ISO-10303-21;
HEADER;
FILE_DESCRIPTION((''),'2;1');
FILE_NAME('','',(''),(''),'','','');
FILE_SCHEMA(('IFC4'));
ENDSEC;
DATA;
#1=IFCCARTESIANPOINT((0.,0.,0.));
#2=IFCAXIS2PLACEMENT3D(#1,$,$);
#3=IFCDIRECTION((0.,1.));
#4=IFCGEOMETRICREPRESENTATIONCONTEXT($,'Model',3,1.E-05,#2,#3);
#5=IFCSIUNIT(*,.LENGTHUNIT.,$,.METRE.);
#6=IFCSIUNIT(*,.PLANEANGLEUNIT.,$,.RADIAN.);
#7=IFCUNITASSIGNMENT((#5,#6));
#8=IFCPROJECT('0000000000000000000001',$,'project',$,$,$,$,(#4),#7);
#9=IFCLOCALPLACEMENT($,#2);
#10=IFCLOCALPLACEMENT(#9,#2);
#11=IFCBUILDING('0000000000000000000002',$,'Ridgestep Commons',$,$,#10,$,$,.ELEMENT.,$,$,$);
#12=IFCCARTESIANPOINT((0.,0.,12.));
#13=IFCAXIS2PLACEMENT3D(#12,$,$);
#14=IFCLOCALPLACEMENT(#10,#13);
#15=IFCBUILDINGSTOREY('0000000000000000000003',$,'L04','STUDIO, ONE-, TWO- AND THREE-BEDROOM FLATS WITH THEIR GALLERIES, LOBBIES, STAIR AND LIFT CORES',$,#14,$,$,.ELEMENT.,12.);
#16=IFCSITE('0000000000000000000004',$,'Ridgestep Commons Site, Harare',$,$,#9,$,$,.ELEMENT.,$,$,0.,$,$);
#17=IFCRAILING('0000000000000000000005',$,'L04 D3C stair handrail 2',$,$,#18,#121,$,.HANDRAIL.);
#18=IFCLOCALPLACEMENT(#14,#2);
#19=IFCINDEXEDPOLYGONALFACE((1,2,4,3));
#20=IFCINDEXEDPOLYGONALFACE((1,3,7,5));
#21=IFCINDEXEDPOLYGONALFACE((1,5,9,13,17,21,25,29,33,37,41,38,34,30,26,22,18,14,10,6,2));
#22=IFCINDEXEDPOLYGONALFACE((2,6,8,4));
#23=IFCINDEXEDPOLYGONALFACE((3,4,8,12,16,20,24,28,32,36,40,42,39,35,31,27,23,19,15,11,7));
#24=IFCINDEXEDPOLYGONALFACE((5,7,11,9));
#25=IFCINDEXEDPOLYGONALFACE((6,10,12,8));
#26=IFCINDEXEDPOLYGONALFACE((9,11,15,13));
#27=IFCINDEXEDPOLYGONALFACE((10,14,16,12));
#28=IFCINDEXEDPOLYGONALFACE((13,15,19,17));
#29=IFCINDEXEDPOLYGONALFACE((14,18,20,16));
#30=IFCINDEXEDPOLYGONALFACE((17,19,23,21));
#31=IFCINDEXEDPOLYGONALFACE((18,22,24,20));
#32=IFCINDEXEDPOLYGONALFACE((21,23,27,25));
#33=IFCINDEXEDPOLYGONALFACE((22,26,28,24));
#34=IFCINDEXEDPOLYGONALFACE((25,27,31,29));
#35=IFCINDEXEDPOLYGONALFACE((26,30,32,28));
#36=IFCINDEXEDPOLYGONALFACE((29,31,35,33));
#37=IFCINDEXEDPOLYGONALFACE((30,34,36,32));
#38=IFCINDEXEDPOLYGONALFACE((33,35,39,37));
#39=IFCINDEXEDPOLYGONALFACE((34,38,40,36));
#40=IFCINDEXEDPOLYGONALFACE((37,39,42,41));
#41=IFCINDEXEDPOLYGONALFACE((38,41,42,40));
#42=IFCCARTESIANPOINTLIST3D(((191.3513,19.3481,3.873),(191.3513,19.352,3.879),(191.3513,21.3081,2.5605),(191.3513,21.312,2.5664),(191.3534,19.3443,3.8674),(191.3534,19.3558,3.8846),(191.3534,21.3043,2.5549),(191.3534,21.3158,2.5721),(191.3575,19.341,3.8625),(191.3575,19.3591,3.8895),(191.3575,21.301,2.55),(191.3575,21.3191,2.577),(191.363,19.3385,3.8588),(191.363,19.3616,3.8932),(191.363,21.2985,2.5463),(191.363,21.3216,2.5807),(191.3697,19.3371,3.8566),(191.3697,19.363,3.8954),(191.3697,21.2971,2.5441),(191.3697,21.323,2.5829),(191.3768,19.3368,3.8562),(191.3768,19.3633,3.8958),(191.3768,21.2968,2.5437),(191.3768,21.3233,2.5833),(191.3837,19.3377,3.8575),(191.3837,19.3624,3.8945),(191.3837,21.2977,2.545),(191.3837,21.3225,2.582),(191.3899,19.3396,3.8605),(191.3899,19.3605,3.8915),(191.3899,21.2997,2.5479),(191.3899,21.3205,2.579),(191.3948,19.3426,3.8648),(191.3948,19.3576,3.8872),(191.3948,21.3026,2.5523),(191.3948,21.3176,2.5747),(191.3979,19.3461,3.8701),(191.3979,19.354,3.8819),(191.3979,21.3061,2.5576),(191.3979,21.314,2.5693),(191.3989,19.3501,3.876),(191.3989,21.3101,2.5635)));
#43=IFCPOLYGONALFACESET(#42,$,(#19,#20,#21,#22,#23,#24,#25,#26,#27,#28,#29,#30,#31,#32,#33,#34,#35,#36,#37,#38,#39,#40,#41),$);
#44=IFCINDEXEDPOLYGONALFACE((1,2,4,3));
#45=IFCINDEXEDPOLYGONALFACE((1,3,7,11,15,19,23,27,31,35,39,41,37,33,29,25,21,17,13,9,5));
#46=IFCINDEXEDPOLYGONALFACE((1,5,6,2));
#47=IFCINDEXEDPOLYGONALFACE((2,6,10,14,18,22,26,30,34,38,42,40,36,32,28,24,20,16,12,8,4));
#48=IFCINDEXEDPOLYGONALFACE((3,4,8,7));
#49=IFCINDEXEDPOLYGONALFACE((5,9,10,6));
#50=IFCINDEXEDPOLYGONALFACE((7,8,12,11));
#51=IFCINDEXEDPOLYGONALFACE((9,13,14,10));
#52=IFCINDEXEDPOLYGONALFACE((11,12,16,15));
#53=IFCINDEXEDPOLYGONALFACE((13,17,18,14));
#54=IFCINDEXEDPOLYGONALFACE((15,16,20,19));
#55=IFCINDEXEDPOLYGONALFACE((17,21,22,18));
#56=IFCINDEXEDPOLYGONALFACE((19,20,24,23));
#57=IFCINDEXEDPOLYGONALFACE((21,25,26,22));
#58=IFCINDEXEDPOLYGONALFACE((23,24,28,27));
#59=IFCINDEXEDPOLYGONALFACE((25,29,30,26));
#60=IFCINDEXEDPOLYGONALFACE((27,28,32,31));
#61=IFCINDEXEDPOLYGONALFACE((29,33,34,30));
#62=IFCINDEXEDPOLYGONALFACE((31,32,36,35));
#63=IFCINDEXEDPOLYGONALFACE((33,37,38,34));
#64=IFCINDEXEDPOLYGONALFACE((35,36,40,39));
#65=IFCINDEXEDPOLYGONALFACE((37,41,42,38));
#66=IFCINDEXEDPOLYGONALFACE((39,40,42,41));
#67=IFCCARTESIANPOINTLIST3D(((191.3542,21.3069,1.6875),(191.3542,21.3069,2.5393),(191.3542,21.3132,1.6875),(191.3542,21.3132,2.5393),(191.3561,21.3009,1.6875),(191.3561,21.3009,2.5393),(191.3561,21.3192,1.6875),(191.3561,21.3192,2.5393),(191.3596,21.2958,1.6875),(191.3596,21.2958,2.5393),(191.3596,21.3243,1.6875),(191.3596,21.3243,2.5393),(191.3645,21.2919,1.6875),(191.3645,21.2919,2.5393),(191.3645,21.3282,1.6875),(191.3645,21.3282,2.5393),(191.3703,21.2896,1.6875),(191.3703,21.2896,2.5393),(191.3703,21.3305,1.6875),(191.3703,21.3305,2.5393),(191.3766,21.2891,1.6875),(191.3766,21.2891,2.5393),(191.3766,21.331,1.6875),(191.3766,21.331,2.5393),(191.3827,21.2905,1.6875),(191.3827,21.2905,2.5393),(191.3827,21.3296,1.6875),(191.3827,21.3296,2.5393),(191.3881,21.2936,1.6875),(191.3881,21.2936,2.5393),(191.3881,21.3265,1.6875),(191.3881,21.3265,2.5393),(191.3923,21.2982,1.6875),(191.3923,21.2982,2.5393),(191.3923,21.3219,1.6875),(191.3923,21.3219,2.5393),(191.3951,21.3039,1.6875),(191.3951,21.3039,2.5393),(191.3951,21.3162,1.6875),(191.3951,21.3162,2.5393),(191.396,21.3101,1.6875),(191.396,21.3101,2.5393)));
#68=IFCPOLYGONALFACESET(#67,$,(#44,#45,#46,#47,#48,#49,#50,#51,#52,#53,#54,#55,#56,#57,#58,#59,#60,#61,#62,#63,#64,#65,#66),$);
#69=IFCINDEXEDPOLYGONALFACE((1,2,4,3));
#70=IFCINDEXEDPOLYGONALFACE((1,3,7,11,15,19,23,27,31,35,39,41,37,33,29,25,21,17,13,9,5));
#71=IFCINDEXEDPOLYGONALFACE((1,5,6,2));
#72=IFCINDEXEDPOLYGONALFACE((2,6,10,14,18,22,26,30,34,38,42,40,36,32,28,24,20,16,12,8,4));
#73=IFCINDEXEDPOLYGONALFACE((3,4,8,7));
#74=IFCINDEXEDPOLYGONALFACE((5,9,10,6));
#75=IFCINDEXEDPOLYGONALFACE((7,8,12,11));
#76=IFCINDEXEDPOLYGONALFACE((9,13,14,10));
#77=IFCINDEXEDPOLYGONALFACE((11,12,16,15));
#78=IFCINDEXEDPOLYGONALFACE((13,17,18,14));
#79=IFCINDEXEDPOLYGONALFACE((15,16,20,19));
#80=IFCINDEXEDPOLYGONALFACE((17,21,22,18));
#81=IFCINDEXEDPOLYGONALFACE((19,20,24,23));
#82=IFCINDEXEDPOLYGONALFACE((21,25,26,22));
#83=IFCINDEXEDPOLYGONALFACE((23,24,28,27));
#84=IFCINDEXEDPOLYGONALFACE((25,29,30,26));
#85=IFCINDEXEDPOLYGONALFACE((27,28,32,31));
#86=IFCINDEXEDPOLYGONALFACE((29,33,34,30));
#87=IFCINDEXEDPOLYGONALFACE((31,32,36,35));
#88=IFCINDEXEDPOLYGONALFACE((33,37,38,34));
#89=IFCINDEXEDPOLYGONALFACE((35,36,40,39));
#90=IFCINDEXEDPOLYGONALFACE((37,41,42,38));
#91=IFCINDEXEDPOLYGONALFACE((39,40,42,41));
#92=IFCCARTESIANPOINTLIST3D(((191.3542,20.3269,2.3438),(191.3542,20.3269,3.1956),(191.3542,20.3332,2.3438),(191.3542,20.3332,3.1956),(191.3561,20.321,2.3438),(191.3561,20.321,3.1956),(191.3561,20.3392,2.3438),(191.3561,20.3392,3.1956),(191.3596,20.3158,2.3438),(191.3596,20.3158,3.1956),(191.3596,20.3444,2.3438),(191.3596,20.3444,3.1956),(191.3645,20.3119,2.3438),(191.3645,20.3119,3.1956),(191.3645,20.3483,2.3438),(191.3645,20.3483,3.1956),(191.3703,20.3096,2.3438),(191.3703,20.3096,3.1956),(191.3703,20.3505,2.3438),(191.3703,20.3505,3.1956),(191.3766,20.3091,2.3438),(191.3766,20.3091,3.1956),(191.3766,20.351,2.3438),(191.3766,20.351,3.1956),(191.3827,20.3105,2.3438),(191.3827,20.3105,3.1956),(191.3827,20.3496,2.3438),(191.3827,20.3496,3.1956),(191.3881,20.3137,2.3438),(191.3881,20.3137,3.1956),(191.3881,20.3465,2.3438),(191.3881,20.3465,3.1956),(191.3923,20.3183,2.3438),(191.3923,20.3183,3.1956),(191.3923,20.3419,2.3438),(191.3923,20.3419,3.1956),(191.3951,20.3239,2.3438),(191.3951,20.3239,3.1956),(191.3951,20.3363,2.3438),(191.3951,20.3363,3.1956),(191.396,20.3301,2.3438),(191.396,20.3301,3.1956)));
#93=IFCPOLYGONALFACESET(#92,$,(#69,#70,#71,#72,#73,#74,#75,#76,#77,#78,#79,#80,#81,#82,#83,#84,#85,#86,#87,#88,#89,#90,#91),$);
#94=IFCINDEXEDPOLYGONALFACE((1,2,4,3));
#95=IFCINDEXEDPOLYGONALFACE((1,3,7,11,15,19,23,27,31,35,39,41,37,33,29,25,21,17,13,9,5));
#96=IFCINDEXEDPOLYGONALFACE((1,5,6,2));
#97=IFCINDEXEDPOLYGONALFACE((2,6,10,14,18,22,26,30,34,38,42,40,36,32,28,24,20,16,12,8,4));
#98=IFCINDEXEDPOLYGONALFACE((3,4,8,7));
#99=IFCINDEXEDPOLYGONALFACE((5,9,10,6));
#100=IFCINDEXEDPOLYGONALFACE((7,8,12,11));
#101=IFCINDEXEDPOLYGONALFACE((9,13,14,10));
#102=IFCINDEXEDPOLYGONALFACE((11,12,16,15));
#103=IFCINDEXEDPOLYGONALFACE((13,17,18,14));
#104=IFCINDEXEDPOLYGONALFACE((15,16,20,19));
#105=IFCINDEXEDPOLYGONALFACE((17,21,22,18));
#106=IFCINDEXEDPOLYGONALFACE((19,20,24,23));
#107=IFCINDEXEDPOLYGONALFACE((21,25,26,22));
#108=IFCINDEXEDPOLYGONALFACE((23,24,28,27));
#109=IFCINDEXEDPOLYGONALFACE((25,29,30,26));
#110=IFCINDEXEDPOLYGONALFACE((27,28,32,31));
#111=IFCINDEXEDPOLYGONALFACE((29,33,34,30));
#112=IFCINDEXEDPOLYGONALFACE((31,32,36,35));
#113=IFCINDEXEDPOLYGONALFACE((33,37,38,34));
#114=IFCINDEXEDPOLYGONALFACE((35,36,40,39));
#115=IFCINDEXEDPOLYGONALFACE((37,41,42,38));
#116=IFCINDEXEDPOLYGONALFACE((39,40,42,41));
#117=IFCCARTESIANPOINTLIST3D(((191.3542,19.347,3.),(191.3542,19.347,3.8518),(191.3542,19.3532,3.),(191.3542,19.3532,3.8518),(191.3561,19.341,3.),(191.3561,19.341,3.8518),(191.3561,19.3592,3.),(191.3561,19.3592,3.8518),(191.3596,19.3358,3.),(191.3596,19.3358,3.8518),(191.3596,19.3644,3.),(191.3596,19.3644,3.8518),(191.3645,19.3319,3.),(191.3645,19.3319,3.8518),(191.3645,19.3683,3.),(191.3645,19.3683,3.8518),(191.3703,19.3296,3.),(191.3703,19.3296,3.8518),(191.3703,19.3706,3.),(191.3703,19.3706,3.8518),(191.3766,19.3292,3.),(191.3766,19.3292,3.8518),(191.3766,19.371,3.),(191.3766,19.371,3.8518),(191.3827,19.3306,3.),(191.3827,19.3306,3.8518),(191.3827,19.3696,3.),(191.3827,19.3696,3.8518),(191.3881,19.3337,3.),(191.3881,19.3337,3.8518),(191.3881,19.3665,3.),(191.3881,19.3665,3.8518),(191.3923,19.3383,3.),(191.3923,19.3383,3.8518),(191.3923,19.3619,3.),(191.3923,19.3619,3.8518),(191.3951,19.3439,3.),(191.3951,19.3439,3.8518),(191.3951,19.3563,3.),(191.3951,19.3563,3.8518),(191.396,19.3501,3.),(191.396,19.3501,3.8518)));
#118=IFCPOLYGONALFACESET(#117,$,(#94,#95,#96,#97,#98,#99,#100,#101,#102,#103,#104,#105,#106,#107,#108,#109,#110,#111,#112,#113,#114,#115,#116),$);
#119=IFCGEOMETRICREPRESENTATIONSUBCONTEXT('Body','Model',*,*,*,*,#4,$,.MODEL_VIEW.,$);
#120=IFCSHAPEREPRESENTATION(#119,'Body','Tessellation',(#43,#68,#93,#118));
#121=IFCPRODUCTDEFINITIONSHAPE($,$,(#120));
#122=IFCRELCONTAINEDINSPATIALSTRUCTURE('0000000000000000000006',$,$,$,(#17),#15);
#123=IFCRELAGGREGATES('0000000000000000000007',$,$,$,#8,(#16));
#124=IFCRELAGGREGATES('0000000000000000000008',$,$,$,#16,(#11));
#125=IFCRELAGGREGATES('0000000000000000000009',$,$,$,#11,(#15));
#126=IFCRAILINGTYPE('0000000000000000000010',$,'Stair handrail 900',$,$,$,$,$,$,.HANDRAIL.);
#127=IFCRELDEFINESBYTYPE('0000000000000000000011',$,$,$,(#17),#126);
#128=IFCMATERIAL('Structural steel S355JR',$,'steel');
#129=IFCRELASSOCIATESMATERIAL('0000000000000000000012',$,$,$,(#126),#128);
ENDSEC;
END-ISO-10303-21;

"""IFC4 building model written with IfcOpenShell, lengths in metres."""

from ifc_helpers import new_model, si_unit, direction, frame, origin, origin_2d, place, context, subcontext, project, spatial, circle, extrude, material, type_object, element, save


model = new_model("IFC4")

# Units and contexts
model_context = context("Model", 3, precision=1e-05, world=origin(), true_north=direction((0.0, 1.0)))
body_context = subcontext(model_context, "Body", "Model", "MODEL_VIEW")
ifc_project = project(units=[si_unit("LENGTHUNIT", "METRE"), si_unit("PLANEANGLEUNIT", "RADIAN")], contexts=[model_context])

# Site, building, storey
site_placement = place(None, origin())
site = spatial("IfcSite", under=ifc_project, at=site_placement, Name="Ridgestep Commons Site, Harare", CompositionType="ELEMENT", RefElevation=0.0)
building_placement = place(site_placement, origin())
building = spatial("IfcBuilding", under=site, at=building_placement, Name="Ridgestep Commons", CompositionType="ELEMENT")
storey_placement = place(building_placement, frame((0.0, 0.0, 12.0)))
storey = spatial("IfcBuildingStorey", under=building, at=storey_placement, Name="L04", Description="STUDIO, ONE-, TWO- AND THREE-BEDROOM FLATS WITH THEIR GALLERIES, LOBBIES, STAIR AND LIFT CORES", CompositionType="ELEMENT", Elevation=12.0)

# Railing
ifc_material_1 = material(Name="Structural steel S355JR", Category="steel")
railing_type_1 = type_object("IfcRailingType", Name="Stair handrail 900", PredefinedType="HANDRAIL", material=ifc_material_1)
railing_1_placement = place(storey_placement, frame((191.375, 21.3101, 1.6875)))
element("IfcRailing", 1, at=railing_1_placement, inside=storey, type_object=railing_type_1, Name="L04 D3C stair handrail 2", PredefinedType="HANDRAIL", context=body_context, shape_type="SweptSolid", body=[
    extrude(circle(Radius=0.0239, at=origin_2d()), frame((0.0, 0.0, 0.876), z_axis=(0.0, -0.830902, 0.556419), x_axis=(1.0, 0.0, 0.0)), (0.0, 0.0, 1.0), 2.3589),
    extrude(circle(Radius=0.021, at=origin_2d()), origin(), (0.0, 0.0, 1.0), 0.8518),
    extrude(circle(Radius=0.021, at=origin_2d()), frame((0.0, -0.98, 0.6562)), (0.0, 0.0, 1.0), 0.8518),
    extrude(circle(Radius=0.021, at=origin_2d()), frame((0.0, -1.96, 1.3125)), (0.0, 0.0, 1.0), 0.8518),
])

save(model, "model.ifc")
